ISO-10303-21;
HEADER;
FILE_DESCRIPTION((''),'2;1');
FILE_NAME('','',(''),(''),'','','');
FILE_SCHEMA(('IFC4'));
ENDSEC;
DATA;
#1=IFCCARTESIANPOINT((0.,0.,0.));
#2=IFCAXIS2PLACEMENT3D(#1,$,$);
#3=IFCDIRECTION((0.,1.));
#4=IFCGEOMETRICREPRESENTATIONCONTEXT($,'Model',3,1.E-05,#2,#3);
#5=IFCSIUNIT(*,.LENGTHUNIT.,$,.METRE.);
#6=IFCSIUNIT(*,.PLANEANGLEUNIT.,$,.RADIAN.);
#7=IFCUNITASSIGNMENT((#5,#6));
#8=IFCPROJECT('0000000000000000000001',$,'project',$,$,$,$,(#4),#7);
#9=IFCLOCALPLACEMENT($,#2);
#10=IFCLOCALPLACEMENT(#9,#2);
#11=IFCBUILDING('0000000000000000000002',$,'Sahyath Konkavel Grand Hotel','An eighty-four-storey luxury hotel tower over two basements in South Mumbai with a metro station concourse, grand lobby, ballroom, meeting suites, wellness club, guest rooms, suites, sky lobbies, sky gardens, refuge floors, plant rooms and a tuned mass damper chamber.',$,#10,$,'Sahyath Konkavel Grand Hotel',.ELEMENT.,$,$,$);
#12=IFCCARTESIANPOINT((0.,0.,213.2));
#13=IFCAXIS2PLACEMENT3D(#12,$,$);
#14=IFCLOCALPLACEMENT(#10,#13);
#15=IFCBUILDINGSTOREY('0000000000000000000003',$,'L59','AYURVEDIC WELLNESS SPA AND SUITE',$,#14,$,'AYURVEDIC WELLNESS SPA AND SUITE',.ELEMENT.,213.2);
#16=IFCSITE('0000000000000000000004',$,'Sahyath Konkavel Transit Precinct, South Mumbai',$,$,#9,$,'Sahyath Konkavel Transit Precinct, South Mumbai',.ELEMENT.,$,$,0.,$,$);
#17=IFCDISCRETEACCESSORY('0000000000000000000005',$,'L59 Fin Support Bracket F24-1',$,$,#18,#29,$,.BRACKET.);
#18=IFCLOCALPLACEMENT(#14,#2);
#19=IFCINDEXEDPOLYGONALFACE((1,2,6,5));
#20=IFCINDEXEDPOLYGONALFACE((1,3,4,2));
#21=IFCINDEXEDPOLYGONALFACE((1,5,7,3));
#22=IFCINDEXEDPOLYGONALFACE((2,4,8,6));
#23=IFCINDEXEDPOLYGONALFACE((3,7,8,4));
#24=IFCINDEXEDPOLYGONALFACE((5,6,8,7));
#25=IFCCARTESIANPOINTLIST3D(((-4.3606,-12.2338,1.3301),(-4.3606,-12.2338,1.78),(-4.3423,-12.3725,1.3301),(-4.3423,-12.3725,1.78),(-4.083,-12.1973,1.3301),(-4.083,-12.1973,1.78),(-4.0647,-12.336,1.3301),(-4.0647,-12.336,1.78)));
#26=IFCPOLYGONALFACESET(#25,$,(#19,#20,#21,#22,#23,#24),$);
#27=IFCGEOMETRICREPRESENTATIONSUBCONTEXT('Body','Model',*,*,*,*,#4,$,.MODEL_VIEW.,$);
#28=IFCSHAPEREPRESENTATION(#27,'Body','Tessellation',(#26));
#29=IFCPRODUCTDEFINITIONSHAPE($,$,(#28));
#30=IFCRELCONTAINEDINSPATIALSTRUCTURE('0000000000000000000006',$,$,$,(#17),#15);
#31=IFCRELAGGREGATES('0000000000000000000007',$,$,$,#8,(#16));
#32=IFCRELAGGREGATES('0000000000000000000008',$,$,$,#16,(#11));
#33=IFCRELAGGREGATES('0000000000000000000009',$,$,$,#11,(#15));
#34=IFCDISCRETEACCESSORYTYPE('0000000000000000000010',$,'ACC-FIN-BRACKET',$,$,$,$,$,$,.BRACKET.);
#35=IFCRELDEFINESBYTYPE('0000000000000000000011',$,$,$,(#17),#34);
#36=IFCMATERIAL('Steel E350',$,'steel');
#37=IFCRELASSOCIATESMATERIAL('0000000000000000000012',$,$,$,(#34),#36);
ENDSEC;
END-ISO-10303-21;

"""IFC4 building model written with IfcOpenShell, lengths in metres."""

from ifc_helpers import new_model, si_unit, direction, frame, origin, origin_2d, place, context, subcontext, project, spatial, rectangle, extrude, source, transform, mapped, material, type_object, element, save


model = new_model("IFC4")

# Units and contexts
model_context = context("Model", 3, precision=1e-05, world=origin(), true_north=direction((0.0, 1.0)))
body_context = subcontext(model_context, "Body", "Model", "MODEL_VIEW")
ifc_project = project(units=[si_unit("LENGTHUNIT", "METRE"), si_unit("PLANEANGLEUNIT", "RADIAN")], contexts=[model_context])

# Site, building, storey
site_placement = place(None, origin())
site = spatial("IfcSite", under=ifc_project, at=site_placement, Name="Sahyath Konkavel Transit Precinct, South Mumbai", LongName="Sahyath Konkavel Transit Precinct, South Mumbai", CompositionType="ELEMENT", RefElevation=0.0)
building_placement = place(site_placement, origin())
building = spatial("IfcBuilding", under=site, at=building_placement, Name="Sahyath Konkavel Grand Hotel", Description="An eighty-four-storey luxury hotel tower over two basements in South Mumbai with a metro station concourse, grand lobby, ballroom, meeting suites, wellness club, guest rooms, suites, sky lobbies, sky gardens, refuge floors, plant rooms and a tuned mass damper chamber.", LongName="Sahyath Konkavel Grand Hotel", CompositionType="ELEMENT")
storey_placement = place(building_placement, frame((0.0, 0.0, 213.2)))
storey = spatial("IfcBuildingStorey", under=building, at=storey_placement, Name="L59", Description="AYURVEDIC WELLNESS SPA AND SUITE", LongName="AYURVEDIC WELLNESS SPA AND SUITE", CompositionType="ELEMENT", Elevation=213.2)

# Shared definitions
ifc_material_1 = material(Name="Steel E350", Category="steel")

# Discrete accessory
discrete_accessory_type = type_object("IfcDiscreteAccessoryType", Name="ACC-FIN-BRACKET", PredefinedType="BRACKET", material=ifc_material_1)
shared_shape_1 = source(origin(), body_context, "Body", "SweptSolid", [
    extrude(rectangle(XDim=0.28, YDim=0.1399, at=origin_2d()), origin(), (0.0, 0.0, 1.0), 0.45),
])
discrete_accessory_placement = place(storey_placement, frame((-4.2126, -12.2849, 1.3301), z_axis=(0.0, 0.0, 1.0), x_axis=(-0.991445, -0.130526, 0.0)))
element("IfcDiscreteAccessory", 1, at=discrete_accessory_placement, inside=storey, type_object=discrete_accessory_type, Name="L59 Fin Support Bracket F24-1", PredefinedType="BRACKET", context=body_context, shape_type="MappedRepresentation", body=[
    mapped(shared_shape_1, transform((0.0, 0.0, 0.0), scale=1.0)),
])

save(model, "model.ifc")
